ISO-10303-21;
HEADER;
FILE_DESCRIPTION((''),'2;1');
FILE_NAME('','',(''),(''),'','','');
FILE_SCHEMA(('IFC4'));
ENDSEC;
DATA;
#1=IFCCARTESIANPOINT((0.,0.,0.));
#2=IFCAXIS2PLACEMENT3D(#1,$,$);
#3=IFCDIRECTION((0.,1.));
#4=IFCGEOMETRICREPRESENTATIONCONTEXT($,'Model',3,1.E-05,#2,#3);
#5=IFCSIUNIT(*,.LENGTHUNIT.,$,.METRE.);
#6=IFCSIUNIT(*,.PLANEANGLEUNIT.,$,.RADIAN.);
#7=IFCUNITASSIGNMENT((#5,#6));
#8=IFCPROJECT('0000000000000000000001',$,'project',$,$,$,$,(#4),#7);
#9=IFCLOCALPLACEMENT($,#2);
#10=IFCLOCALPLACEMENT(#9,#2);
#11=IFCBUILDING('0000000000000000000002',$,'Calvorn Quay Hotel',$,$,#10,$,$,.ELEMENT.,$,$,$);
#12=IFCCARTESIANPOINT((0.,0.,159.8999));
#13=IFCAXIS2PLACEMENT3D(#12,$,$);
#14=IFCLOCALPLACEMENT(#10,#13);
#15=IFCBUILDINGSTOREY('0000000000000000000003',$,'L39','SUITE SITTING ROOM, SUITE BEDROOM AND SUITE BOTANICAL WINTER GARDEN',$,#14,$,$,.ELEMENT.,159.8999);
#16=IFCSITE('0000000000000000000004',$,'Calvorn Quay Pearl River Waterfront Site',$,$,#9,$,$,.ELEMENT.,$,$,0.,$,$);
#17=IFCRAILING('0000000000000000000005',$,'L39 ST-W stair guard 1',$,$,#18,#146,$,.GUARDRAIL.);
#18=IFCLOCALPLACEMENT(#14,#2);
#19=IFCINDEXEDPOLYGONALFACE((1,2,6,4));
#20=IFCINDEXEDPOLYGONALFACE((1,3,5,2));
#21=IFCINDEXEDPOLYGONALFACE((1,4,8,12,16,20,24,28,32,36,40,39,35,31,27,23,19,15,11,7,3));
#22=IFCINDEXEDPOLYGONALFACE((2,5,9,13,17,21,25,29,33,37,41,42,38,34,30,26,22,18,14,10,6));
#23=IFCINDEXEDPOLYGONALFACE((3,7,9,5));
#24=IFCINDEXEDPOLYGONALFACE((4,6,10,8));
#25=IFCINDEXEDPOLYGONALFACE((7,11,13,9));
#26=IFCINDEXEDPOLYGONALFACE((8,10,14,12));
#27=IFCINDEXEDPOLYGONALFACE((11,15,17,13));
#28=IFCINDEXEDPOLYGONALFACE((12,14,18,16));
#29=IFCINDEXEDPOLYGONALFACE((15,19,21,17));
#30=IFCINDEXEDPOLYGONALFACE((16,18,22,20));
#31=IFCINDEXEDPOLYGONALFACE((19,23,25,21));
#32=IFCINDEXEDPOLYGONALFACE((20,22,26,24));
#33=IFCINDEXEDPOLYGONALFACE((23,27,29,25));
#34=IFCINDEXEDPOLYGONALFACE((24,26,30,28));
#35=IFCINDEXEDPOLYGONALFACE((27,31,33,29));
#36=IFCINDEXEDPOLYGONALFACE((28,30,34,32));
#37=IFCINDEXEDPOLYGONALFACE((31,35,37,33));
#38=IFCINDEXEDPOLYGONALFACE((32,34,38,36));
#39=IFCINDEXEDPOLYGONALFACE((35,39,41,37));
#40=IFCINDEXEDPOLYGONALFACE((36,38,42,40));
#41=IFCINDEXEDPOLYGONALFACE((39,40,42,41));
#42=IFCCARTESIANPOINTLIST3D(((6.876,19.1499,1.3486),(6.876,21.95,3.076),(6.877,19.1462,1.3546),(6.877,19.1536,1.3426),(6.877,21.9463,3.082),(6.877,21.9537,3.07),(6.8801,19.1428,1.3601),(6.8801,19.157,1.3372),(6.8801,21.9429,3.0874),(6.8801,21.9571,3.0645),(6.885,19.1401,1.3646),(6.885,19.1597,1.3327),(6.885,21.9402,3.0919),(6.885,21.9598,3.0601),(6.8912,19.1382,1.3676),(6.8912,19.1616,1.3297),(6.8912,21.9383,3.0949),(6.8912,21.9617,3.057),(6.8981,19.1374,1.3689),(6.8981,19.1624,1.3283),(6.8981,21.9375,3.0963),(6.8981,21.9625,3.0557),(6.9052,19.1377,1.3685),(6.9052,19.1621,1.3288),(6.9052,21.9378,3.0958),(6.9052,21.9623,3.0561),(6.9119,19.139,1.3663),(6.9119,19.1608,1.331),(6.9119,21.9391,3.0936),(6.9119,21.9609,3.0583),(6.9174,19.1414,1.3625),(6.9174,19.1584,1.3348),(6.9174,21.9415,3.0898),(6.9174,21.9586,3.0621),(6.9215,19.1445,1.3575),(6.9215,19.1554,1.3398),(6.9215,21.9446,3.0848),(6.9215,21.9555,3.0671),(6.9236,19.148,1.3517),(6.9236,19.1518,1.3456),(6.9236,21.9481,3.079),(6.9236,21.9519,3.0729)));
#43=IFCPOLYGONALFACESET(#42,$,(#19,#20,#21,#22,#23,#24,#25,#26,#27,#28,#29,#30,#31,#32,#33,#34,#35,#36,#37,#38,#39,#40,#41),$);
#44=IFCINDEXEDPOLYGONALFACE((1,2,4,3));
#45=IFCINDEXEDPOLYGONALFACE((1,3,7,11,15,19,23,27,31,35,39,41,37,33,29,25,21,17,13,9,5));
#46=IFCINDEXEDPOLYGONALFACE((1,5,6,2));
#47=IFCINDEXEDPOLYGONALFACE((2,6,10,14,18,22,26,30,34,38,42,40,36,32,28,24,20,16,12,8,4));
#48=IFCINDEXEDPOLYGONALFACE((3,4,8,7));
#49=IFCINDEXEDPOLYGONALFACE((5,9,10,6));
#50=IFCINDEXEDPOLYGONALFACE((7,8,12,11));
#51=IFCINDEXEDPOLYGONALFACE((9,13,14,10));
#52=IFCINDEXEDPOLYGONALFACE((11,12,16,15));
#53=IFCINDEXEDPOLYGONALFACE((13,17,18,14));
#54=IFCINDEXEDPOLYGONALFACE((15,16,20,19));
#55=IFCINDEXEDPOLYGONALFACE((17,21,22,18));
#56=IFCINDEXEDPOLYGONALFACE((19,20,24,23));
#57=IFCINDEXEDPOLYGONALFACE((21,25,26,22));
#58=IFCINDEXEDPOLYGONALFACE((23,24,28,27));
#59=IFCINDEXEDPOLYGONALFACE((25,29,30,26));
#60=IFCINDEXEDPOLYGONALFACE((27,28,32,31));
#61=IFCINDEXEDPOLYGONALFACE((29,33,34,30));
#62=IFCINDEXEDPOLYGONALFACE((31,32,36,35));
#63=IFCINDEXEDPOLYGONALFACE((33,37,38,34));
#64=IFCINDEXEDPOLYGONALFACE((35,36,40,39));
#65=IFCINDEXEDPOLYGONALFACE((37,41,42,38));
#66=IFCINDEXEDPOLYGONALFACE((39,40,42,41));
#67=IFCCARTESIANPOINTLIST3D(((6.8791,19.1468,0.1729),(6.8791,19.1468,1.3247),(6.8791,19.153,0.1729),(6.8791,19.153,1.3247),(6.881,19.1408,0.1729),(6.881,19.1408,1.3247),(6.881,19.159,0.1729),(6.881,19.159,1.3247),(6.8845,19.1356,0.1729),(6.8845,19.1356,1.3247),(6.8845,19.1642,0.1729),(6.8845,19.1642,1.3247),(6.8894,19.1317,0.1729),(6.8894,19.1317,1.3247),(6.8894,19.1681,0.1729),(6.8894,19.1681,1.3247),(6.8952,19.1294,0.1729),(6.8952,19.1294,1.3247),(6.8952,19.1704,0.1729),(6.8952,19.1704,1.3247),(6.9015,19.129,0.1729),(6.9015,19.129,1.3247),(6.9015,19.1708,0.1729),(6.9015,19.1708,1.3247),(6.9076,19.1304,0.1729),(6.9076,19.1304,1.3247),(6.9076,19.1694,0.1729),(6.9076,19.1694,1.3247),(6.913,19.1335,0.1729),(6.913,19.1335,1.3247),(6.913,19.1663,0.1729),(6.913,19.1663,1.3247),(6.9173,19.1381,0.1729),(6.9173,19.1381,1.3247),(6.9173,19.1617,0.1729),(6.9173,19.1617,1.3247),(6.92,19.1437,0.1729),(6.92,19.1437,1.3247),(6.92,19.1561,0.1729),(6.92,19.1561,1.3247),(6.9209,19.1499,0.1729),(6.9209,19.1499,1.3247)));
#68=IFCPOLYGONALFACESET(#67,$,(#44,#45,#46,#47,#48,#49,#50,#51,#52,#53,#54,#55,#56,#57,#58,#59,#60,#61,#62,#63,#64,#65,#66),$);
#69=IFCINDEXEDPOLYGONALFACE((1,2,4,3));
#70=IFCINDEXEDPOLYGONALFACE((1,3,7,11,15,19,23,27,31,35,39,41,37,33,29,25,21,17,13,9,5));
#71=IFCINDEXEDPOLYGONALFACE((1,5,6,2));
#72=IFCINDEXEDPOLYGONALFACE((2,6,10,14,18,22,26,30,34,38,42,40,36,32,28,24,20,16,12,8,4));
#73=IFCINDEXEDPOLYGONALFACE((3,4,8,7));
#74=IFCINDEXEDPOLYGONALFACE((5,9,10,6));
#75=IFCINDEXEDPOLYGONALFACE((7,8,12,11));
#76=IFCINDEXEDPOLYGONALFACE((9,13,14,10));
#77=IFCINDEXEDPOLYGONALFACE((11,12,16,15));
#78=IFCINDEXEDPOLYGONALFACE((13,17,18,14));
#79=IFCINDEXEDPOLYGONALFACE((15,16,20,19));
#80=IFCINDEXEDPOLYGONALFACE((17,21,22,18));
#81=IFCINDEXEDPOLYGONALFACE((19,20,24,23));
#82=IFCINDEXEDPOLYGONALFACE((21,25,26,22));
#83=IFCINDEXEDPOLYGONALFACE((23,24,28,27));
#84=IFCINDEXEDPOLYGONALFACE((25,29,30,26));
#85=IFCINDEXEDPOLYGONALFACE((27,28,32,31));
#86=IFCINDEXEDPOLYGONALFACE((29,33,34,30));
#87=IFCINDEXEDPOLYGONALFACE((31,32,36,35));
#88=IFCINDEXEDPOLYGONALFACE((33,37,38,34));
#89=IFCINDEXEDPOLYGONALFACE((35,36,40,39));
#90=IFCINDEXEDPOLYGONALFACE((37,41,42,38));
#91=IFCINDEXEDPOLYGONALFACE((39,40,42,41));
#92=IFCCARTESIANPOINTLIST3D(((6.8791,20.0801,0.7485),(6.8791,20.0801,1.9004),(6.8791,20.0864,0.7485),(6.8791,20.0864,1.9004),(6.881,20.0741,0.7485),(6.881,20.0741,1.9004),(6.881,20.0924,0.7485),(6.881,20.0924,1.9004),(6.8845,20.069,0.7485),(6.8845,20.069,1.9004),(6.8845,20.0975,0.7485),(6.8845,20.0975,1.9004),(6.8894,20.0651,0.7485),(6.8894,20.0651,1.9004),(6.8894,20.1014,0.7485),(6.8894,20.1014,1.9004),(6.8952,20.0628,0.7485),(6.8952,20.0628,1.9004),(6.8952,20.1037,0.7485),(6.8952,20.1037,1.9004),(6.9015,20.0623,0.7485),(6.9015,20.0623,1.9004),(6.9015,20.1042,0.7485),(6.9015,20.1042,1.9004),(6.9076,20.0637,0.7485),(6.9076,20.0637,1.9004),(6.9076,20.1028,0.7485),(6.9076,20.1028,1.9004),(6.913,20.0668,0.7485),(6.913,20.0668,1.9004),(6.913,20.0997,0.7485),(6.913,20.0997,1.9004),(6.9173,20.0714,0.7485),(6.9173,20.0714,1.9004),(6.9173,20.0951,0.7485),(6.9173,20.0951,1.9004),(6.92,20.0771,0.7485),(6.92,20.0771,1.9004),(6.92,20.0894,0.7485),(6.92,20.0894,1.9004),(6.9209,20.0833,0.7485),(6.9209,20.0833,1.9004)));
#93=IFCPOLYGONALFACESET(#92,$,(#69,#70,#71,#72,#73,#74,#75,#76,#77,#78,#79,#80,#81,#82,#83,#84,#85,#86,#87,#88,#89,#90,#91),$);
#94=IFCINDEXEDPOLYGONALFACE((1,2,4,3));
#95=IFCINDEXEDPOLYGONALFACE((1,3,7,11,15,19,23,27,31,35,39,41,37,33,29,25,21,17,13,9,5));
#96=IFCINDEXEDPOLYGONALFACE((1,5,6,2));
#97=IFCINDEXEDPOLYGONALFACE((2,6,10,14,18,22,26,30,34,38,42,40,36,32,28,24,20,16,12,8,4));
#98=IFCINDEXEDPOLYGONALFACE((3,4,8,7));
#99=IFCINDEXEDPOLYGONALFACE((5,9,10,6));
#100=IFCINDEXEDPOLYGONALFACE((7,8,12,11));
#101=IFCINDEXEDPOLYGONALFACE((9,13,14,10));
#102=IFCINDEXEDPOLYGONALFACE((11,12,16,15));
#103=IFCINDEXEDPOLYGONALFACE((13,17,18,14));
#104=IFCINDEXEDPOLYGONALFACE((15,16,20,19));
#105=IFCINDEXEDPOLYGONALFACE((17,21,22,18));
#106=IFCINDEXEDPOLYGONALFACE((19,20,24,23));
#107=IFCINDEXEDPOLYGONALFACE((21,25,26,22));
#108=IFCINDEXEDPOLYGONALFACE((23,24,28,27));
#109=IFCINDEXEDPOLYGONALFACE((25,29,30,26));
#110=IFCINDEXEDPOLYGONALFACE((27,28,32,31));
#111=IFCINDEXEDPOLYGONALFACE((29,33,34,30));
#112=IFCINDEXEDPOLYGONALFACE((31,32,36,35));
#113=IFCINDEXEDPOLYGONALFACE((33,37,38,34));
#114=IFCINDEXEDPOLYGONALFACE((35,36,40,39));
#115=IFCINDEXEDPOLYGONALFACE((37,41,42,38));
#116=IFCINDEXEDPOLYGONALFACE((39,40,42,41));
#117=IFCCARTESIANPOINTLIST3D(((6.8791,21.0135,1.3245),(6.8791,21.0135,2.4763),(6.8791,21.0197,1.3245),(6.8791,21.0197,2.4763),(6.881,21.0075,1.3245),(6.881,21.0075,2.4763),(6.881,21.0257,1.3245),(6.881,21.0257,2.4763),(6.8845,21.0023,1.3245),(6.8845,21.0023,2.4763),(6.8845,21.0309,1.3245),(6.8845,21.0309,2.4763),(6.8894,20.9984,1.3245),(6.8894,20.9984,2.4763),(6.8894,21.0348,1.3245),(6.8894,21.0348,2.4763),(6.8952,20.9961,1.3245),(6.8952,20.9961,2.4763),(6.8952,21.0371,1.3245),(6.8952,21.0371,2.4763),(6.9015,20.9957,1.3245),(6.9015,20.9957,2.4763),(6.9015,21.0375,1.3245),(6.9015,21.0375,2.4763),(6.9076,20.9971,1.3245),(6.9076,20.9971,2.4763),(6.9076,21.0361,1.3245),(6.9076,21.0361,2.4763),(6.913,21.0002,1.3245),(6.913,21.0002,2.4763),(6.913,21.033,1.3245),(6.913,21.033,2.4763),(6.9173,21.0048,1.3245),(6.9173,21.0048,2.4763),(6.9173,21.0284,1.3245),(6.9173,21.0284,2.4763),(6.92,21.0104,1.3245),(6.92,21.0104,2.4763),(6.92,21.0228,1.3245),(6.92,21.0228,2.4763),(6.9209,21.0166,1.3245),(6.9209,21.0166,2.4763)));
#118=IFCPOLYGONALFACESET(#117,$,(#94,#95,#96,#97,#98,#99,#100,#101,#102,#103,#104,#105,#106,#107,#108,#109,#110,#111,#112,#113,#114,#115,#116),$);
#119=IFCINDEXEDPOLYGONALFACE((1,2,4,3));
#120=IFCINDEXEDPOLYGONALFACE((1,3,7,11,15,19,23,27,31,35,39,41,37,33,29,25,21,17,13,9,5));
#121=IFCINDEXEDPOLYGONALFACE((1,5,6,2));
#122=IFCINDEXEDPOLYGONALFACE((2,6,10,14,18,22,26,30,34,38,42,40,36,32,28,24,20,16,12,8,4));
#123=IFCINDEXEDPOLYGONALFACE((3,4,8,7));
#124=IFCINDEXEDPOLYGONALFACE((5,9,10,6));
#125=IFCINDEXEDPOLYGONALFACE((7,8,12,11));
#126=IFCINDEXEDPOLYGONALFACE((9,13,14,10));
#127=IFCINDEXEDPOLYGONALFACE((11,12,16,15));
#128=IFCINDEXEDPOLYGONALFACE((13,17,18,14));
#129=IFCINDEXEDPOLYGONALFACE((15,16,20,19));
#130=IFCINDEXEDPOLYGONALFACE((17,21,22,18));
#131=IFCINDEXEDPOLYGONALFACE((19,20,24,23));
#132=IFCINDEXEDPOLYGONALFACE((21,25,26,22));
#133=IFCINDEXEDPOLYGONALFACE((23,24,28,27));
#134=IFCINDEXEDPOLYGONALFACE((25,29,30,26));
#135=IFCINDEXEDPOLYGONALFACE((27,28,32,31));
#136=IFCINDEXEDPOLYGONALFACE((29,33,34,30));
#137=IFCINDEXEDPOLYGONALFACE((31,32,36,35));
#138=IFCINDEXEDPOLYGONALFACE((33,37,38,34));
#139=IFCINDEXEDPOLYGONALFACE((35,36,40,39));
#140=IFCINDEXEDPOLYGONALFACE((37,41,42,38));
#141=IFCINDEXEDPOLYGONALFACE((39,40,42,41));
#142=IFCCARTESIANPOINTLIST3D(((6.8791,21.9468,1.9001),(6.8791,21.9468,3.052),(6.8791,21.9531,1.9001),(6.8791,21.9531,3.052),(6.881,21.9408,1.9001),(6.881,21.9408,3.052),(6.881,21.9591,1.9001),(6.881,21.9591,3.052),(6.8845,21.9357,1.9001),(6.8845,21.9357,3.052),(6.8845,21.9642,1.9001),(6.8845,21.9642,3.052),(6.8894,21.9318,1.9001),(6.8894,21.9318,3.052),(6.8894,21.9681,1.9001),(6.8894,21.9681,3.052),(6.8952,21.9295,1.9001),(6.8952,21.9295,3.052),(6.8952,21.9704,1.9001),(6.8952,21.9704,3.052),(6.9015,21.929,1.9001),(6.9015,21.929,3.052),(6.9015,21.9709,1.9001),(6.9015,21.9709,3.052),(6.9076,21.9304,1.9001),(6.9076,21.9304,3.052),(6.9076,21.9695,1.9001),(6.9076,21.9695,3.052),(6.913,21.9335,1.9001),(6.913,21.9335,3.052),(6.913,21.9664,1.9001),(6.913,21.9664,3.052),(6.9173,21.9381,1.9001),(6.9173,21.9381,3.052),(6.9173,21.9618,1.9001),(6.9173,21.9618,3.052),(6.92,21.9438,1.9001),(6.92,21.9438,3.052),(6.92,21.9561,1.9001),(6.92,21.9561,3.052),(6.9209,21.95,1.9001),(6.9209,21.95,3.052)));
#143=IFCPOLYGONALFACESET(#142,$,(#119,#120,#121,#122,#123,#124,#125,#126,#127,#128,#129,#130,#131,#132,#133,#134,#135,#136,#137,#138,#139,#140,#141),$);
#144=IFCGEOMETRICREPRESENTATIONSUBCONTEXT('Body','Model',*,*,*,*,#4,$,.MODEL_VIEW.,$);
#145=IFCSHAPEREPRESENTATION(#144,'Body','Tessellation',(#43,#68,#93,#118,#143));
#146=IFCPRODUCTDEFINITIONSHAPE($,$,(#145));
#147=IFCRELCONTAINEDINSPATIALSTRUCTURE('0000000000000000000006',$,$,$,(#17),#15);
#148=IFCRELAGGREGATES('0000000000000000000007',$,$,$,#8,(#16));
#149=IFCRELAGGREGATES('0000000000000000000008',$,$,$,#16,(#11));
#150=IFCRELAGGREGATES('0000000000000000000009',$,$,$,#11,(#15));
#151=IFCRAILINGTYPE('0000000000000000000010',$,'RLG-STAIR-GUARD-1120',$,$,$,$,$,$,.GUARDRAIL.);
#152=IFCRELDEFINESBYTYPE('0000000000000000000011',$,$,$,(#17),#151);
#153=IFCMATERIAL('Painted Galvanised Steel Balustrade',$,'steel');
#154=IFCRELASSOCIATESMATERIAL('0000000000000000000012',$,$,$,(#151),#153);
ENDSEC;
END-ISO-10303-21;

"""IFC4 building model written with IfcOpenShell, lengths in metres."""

from ifc_helpers import new_model, si_unit, direction, frame, origin, origin_2d, place, context, subcontext, project, spatial, circle, extrude, material, type_object, element, save


model = new_model("IFC4")

# Units and contexts
model_context = context("Model", 3, precision=1e-05, world=origin(), true_north=direction((0.0, 1.0)))
body_context = subcontext(model_context, "Body", "Model", "MODEL_VIEW")
ifc_project = project(units=[si_unit("LENGTHUNIT", "METRE"), si_unit("PLANEANGLEUNIT", "RADIAN")], contexts=[model_context])

# Site, building, storey
site_placement = place(None, origin())
site = spatial("IfcSite", under=ifc_project, at=site_placement, Name="Calvorn Quay Pearl River Waterfront Site", CompositionType="ELEMENT", RefElevation=0.0)
building_placement = place(site_placement, origin())
building = spatial("IfcBuilding", under=site, at=building_placement, Name="Calvorn Quay Hotel", CompositionType="ELEMENT")
storey_placement = place(building_placement, frame((0.0, 0.0, 159.8999)))
storey = spatial("IfcBuildingStorey", under=building, at=storey_placement, Name="L39", Description="SUITE SITTING ROOM, SUITE BEDROOM AND SUITE BOTANICAL WINTER GARDEN", CompositionType="ELEMENT", Elevation=159.8999)

# Railing
ifc_material_1 = material(Name="Painted Galvanised Steel Balustrade", Category="steel")
railing_type_1 = type_object("IfcRailingType", Name="RLG-STAIR-GUARD-1120", PredefinedType="GUARDRAIL", material=ifc_material_1)
railing_1_placement = place(storey_placement, frame((6.8999, 19.1499, 0.1729)))
element("IfcRailing", 1, at=railing_1_placement, inside=storey, type_object=railing_type_1, Name="L39 ST-W stair guard 1", PredefinedType="GUARDRAIL", context=body_context, shape_type="SweptSolid", body=[
    extrude(circle(Radius=0.0239, at=origin_2d()), frame((0.0, 0.0, 1.1758), z_axis=(0.0, 0.85109, 0.52502), x_axis=(-1.0, 0.0, 0.0)), (0.0, 0.0, 1.0), 3.29),
    extrude(circle(Radius=0.021, at=origin_2d()), origin(), (0.0, 0.0, 1.0), 1.1519),
    extrude(circle(Radius=0.021, at=origin_2d()), frame((0.0, 0.9333, 0.5757)), (0.0, 0.0, 1.0), 1.1519),
    extrude(circle(Radius=0.021, at=origin_2d()), frame((0.0, 1.8667, 1.1516)), (0.0, 0.0, 1.0), 1.1519),
    extrude(circle(Radius=0.021, at=origin_2d()), frame((0.0, 2.8, 1.7273)), (0.0, 0.0, 1.0), 1.1519),
])

save(model, "model.ifc")
